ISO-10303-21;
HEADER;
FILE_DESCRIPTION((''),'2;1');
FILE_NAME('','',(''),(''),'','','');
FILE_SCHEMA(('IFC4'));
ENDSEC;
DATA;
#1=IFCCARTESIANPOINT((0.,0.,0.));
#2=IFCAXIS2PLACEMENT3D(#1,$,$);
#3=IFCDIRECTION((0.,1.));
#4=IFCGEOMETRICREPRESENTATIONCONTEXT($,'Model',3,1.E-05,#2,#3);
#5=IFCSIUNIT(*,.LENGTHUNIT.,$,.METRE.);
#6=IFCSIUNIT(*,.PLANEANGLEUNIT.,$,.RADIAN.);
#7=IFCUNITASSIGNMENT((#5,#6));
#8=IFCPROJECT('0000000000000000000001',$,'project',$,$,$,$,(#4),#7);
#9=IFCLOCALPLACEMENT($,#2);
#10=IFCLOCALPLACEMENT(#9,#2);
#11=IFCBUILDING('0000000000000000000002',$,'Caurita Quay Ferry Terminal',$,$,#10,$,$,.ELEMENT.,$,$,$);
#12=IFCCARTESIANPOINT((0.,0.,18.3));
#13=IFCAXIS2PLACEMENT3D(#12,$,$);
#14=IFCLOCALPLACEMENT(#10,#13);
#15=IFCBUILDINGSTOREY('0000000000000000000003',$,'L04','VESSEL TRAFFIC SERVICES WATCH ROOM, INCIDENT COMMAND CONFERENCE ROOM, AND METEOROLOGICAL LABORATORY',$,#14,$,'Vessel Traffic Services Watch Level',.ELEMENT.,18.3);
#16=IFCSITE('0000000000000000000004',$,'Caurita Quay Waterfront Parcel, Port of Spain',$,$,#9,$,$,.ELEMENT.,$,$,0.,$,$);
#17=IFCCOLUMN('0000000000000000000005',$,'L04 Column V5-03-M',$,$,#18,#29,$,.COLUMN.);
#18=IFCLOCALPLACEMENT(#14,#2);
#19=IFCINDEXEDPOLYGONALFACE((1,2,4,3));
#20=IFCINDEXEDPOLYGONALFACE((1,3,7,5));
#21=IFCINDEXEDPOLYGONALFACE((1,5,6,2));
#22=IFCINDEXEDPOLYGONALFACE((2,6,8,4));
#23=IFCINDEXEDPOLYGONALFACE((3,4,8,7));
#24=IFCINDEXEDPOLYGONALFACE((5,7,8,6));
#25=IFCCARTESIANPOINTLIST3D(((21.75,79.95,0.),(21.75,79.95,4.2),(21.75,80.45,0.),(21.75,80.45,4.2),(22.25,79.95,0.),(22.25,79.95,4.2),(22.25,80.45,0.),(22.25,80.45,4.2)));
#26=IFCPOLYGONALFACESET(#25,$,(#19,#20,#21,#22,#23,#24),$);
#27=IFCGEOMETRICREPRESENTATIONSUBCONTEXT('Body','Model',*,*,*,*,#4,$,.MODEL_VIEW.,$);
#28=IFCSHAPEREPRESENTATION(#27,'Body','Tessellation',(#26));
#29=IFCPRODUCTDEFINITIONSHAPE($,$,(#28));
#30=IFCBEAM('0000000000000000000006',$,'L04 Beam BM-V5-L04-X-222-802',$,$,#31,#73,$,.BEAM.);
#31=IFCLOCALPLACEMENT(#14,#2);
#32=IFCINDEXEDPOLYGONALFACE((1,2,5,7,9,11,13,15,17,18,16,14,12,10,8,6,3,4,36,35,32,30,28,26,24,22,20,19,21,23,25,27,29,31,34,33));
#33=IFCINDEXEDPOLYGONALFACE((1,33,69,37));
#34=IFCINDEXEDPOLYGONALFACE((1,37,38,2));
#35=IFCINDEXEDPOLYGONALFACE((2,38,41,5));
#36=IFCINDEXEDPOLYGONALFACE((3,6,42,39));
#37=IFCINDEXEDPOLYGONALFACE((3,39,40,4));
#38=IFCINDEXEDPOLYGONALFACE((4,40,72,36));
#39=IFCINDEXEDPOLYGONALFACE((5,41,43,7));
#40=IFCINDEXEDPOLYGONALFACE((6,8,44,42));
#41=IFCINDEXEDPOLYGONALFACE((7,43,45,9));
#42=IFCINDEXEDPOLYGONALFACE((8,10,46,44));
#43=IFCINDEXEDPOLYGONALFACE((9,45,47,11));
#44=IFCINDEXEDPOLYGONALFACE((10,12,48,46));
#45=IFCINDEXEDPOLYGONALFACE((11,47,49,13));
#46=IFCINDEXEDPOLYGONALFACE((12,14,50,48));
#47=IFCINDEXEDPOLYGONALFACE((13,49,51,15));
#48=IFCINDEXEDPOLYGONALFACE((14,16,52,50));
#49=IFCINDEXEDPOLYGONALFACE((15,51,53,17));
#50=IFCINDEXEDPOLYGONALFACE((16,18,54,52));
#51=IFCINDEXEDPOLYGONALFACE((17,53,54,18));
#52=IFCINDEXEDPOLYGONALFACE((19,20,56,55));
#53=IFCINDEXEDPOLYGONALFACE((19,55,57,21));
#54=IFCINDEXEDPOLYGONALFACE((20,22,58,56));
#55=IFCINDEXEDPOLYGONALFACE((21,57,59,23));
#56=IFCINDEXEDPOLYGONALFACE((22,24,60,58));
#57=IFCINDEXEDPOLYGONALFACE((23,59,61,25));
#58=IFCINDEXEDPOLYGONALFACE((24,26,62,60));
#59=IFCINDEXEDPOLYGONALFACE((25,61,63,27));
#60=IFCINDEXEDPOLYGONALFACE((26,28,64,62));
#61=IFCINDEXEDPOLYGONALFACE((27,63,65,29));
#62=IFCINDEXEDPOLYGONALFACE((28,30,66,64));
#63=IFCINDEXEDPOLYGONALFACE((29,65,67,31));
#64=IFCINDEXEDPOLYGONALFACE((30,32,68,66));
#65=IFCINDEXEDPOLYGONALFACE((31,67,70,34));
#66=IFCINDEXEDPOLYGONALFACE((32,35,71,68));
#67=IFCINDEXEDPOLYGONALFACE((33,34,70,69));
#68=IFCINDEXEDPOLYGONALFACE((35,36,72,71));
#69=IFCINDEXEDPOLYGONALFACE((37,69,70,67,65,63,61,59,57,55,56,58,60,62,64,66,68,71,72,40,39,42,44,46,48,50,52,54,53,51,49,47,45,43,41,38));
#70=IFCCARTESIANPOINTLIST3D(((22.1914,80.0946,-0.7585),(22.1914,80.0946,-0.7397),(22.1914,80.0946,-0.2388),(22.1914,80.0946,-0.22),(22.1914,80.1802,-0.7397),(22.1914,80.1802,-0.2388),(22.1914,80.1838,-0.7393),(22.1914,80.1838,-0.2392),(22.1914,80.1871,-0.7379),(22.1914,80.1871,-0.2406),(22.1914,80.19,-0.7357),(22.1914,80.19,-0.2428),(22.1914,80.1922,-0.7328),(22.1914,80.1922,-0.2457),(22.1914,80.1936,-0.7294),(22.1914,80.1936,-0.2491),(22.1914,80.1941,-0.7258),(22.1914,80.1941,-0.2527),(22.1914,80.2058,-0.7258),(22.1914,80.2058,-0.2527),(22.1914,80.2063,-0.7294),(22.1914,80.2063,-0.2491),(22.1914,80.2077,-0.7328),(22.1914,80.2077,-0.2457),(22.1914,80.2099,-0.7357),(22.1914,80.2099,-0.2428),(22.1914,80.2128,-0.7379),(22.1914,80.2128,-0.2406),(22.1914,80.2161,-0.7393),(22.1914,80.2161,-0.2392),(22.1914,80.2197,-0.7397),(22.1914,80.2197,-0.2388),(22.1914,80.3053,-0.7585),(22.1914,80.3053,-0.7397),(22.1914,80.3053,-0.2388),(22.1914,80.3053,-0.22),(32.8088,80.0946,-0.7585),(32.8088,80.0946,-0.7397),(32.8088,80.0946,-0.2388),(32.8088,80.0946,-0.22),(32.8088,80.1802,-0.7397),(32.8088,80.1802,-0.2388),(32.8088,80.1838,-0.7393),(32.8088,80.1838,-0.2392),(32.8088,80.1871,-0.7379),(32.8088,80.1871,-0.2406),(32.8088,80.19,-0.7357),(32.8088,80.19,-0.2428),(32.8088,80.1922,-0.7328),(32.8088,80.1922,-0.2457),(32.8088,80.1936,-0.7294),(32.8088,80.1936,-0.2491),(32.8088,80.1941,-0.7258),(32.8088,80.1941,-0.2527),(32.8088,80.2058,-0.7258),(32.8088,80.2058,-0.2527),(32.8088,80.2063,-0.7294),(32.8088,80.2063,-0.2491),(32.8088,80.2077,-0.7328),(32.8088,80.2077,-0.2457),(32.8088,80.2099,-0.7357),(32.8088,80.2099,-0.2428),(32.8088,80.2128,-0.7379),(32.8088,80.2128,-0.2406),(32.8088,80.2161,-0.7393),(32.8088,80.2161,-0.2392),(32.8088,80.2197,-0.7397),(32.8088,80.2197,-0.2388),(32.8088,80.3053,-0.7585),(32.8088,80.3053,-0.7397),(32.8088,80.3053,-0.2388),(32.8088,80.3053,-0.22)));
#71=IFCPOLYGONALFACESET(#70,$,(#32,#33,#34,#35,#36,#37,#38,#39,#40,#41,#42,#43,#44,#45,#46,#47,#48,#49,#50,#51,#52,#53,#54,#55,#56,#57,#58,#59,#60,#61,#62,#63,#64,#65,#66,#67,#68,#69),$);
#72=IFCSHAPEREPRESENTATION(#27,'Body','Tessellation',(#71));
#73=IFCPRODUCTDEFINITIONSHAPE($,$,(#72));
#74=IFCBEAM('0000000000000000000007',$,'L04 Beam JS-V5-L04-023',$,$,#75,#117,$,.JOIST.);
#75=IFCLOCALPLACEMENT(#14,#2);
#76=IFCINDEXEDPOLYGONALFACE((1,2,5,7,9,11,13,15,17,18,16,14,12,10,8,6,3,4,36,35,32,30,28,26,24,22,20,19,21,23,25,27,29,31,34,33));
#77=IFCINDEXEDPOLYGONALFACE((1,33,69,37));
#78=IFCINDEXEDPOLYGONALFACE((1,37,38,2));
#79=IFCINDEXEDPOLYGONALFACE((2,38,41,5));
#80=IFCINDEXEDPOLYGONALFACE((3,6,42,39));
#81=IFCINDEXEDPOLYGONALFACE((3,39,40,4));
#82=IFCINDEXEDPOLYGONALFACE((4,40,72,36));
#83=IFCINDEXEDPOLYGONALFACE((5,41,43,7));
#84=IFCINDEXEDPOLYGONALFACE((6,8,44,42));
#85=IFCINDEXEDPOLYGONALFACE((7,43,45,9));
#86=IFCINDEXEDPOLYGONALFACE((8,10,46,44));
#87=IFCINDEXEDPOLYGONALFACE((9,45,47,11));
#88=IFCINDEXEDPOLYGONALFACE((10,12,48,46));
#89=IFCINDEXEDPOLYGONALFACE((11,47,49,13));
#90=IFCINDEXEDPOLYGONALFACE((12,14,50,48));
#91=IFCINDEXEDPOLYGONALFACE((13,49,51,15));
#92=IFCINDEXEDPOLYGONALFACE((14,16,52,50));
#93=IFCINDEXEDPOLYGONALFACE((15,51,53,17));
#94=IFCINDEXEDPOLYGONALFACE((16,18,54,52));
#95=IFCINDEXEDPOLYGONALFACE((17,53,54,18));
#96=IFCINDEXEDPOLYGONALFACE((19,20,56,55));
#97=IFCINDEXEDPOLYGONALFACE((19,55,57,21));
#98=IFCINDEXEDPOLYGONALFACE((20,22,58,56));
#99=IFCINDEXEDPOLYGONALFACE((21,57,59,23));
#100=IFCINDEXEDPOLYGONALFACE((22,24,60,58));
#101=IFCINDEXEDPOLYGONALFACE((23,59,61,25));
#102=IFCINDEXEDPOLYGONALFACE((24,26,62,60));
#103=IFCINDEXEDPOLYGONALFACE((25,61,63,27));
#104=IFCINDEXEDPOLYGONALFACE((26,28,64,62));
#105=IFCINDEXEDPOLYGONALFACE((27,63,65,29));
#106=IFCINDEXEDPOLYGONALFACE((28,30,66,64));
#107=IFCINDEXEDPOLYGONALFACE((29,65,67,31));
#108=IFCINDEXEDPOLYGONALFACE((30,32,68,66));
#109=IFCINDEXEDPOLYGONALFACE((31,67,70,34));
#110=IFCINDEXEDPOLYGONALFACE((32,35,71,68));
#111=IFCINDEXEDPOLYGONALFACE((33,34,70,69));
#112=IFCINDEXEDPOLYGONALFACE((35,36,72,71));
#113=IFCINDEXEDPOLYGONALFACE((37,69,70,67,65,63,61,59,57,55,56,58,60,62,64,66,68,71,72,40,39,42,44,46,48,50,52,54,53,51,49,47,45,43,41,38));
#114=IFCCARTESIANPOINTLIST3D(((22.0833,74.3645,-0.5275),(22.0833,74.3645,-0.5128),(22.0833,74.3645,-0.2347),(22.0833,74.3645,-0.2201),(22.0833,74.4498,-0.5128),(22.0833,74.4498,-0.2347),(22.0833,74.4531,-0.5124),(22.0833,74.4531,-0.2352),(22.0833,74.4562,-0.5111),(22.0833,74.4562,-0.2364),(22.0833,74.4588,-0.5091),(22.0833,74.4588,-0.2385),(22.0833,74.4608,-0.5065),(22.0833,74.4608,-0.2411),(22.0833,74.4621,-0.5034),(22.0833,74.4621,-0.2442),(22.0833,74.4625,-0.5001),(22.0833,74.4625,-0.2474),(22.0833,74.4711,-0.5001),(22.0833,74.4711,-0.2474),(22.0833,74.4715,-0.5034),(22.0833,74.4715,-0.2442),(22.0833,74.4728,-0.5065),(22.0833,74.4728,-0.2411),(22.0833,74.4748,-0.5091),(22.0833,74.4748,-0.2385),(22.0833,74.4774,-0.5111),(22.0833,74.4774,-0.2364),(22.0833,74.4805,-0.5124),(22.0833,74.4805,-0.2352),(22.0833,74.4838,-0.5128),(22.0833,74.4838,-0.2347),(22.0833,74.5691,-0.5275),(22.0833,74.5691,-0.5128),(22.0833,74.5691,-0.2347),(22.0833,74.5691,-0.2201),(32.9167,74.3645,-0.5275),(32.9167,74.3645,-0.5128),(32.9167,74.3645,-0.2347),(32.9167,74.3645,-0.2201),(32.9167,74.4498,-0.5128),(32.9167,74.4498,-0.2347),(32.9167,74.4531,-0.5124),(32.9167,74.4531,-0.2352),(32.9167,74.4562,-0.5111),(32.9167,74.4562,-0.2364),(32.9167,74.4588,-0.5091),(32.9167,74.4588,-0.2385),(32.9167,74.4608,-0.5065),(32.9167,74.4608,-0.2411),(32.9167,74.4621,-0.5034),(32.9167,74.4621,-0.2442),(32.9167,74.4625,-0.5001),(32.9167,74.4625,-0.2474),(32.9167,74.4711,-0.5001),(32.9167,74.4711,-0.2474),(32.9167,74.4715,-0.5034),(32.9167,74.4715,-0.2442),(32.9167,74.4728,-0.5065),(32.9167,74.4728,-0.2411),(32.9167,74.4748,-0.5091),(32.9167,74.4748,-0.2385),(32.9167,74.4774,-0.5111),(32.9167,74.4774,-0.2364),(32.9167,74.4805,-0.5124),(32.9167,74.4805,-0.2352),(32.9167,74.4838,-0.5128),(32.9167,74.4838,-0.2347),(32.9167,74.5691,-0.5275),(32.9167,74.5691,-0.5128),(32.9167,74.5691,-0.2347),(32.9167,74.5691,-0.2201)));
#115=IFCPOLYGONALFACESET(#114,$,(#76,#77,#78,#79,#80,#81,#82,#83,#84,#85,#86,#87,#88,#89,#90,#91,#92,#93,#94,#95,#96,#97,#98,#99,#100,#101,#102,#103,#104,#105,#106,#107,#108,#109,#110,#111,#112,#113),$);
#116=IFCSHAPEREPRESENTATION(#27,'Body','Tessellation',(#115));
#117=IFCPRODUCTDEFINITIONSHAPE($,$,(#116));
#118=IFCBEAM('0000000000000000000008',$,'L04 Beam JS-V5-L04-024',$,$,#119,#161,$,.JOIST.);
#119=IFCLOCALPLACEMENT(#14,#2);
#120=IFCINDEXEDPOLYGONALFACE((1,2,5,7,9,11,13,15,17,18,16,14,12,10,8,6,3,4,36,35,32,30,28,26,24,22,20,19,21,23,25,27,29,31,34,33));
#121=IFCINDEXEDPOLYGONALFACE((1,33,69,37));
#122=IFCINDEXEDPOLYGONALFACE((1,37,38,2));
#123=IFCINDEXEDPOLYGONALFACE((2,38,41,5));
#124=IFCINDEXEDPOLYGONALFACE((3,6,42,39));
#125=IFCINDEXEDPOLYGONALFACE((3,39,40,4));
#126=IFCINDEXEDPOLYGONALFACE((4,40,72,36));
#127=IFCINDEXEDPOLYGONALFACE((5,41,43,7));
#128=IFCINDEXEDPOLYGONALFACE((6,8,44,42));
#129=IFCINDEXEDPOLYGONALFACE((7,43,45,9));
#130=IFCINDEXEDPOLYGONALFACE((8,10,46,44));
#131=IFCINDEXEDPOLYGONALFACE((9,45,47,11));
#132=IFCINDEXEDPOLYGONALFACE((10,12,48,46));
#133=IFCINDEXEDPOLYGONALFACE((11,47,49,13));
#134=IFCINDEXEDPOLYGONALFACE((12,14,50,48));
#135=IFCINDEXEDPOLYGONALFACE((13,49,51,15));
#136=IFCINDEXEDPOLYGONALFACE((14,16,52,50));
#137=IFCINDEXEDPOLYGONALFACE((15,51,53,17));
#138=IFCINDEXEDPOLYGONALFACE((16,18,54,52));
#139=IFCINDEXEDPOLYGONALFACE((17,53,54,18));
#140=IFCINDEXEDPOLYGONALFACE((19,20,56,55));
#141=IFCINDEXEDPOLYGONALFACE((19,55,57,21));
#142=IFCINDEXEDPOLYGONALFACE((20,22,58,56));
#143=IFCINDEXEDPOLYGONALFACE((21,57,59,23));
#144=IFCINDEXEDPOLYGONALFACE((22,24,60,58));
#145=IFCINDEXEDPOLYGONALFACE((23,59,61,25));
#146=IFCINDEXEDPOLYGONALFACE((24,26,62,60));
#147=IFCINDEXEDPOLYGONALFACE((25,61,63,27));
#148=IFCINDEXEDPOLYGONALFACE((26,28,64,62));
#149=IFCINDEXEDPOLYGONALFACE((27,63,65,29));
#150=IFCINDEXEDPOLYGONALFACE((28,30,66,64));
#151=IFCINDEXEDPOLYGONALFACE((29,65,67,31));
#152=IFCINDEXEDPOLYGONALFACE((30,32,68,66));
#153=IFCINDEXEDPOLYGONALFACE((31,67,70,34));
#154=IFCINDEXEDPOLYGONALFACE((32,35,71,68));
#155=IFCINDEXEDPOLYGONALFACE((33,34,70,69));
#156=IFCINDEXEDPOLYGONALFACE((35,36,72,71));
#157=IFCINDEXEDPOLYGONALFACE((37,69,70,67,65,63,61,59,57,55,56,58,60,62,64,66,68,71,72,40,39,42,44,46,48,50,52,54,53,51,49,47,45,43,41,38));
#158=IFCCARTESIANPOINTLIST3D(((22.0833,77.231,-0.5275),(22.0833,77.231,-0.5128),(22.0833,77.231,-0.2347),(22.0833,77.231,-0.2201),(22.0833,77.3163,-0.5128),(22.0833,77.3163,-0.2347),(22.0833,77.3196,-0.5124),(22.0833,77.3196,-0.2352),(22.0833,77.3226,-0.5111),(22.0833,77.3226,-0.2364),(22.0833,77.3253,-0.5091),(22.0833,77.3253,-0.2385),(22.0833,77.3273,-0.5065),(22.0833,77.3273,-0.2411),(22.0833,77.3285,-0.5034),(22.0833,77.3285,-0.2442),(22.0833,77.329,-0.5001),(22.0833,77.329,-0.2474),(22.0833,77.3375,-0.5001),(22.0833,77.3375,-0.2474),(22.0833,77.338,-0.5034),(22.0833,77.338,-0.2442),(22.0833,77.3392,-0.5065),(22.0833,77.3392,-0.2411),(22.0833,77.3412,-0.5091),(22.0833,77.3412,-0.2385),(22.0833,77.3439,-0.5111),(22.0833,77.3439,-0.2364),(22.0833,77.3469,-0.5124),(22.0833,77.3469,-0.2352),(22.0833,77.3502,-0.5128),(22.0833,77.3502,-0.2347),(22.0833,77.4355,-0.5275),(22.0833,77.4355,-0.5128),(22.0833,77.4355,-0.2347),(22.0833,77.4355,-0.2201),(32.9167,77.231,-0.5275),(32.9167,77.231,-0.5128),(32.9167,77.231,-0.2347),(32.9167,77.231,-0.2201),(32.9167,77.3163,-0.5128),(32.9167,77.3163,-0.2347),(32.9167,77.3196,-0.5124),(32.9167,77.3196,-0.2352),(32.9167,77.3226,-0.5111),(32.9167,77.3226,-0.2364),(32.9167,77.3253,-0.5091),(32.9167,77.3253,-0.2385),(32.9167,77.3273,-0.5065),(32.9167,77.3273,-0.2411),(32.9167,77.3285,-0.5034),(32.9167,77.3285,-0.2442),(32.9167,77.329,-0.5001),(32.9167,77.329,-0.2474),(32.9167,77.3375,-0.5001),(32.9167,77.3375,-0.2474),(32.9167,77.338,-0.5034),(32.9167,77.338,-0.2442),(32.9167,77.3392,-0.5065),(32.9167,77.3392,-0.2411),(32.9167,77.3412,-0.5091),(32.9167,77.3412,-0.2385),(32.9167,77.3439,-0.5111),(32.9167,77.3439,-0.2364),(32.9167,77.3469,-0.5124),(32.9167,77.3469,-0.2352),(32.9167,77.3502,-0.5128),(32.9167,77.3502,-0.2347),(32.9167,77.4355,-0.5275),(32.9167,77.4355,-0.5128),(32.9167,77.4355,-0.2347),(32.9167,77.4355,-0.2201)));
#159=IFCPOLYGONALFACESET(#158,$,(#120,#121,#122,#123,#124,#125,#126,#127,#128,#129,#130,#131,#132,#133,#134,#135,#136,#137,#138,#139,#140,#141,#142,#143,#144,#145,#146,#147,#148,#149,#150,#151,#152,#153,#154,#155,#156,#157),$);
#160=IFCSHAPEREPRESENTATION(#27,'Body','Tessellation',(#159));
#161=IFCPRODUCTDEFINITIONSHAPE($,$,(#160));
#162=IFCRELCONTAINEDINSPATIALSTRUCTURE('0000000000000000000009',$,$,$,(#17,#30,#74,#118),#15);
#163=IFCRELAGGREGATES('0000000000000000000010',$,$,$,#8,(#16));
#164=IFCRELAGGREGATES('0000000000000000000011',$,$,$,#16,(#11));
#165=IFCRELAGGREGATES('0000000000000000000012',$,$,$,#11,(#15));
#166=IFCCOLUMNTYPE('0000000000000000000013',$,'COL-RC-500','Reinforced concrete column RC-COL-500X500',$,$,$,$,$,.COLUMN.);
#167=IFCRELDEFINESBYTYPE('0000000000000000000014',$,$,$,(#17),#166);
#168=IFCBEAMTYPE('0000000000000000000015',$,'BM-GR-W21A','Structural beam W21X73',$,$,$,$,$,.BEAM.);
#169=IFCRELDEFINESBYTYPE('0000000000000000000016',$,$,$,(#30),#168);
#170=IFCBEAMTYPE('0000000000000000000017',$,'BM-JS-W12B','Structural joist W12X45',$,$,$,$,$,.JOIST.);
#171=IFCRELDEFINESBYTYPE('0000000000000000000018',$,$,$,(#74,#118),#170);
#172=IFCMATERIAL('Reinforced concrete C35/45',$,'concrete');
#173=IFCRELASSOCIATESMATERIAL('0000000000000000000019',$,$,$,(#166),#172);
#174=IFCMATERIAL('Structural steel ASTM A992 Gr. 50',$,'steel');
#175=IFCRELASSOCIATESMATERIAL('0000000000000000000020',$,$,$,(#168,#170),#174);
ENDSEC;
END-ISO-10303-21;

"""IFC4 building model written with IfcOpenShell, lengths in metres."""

from ifc_helpers import new_model, si_unit, direction, frame, origin, origin_2d, place, context, subcontext, project, spatial, rectangle, i_section, extrude, material, material_profile, profile_set, type_object, element, save


model = new_model("IFC4")

# Units and contexts
model_context = context("Model", 3, precision=1e-05, world=origin(), true_north=direction((0.0, 1.0)))
body_context = subcontext(model_context, "Body", "Model", "MODEL_VIEW")
ifc_project = project(units=[si_unit("LENGTHUNIT", "METRE"), si_unit("PLANEANGLEUNIT", "RADIAN")], contexts=[model_context])

# Site, building, storey
site_placement = place(None, origin())
site = spatial("IfcSite", under=ifc_project, at=site_placement, Name="Caurita Quay Waterfront Parcel, Port of Spain", CompositionType="ELEMENT", RefElevation=0.0)
building_placement = place(site_placement, origin())
building = spatial("IfcBuilding", under=site, at=building_placement, Name="Caurita Quay Ferry Terminal", CompositionType="ELEMENT")
storey_placement = place(building_placement, frame((0.0, 0.0, 18.3)))
storey = spatial("IfcBuildingStorey", under=building, at=storey_placement, Name="L04", Description="VESSEL TRAFFIC SERVICES WATCH ROOM, INCIDENT COMMAND CONFERENCE ROOM, AND METEOROLOGICAL LABORATORY", LongName="Vessel Traffic Services Watch Level", CompositionType="ELEMENT", Elevation=18.3)

# Column
ifc_material_1 = material(Name="Reinforced concrete C35/45", Category="concrete")
ifc_material_profile_1 = material_profile(ifc_material_1, rectangle(XDim=0.5, YDim=0.5, at=origin_2d()), Name="RC-COL-500X500")
ifc_profile_set_1 = profile_set([ifc_material_profile_1], Name="Reinforced concrete C35/45")
column_type = type_object("IfcColumnType", Name="COL-RC-500", Description="Reinforced concrete column RC-COL-500X500", PredefinedType="COLUMN", material=ifc_profile_set_1)
column_placement = place(storey_placement, frame((22.0, 80.2, 0.0), z_axis=(0.0, 0.0, 1.0), x_axis=(1.0, 0.0, 0.0)))
element("IfcColumn", 1, at=column_placement, inside=storey, type_object=column_type, Name="L04 Column V5-03-M", PredefinedType="COLUMN", context=body_context, shape_type="SweptSolid", body=[
    extrude(rectangle(XDim=0.5, YDim=0.5, at=origin_2d()), origin(), (0.0, 0.0, 1.0), 4.2),
])

# Beams
ifc_material_2 = material(Name="Structural steel ASTM A992 Gr. 50", Category="steel")
ifc_material_profile_2 = material_profile(ifc_material_2, i_section(OverallWidth=0.2107, OverallDepth=0.5386, WebThickness=0.0117, FlangeThickness=0.0188, FilletRadius=0.0139, at=origin_2d()), Name="W21X73")
ifc_profile_set_2 = profile_set([ifc_material_profile_2], Name="Structural steel ASTM A992 Gr. 50")
beam_type_1 = type_object("IfcBeamType", Name="BM-GR-W21A", Description="Structural beam W21X73", PredefinedType="BEAM", material=ifc_profile_set_2)
beam_1_placement = place(storey_placement, frame((22.1914, 80.2, -0.4893), z_axis=(1.0, 0.0, 0.0), x_axis=(0.0, 1.0, 0.0)))
element("IfcBeam", 2, at=beam_1_placement, inside=storey, type_object=beam_type_1, Name="L04 Beam BM-V5-L04-X-222-802", PredefinedType="BEAM", context=body_context, shape_type="SweptSolid", body=[
    extrude(i_section(OverallWidth=0.2107, OverallDepth=0.5386, WebThickness=0.0117, FlangeThickness=0.0188, FilletRadius=0.0139, at=origin_2d()), origin(), (0.0, 0.0, 1.0), 10.6174),
])
ifc_material_profile_3 = material_profile(ifc_material_2, i_section(OverallWidth=0.2046, OverallDepth=0.3074, WebThickness=0.0085, FlangeThickness=0.0146, FilletRadius=0.0127, at=origin_2d()), Name="W12X45")
ifc_profile_set_3 = profile_set([ifc_material_profile_3], Name="Structural steel ASTM A992 Gr. 50")
beam_type_2 = type_object("IfcBeamType", Name="BM-JS-W12B", Description="Structural joist W12X45", PredefinedType="JOIST", material=ifc_profile_set_3)
for number, where, z_axis, x_axis, name in (
    (3, (22.0833, 74.4668, -0.3738), (1.0, 0.0, 0.0), (0.0, 1.0, 0.0), "L04 Beam JS-V5-L04-023"),
    (4, (22.0833, 77.3333, -0.3738), (1.0, 0.0, 0.0), (0.0, 1.0, 0.0), "L04 Beam JS-V5-L04-024"),
):
    element("IfcBeam", number, at=place(storey_placement, frame(where, z_axis=z_axis, x_axis=x_axis)), inside=storey, type_object=beam_type_2, Name=name, PredefinedType="JOIST", context=body_context, shape_type="SweptSolid", body=[
        extrude(i_section(OverallWidth=0.2046, OverallDepth=0.3074, WebThickness=0.0085, FlangeThickness=0.0146, FilletRadius=0.0127, at=origin_2d()), origin(), (0.0, 0.0, 1.0), 10.8335),
    ])

save(model, "model.ifc")
